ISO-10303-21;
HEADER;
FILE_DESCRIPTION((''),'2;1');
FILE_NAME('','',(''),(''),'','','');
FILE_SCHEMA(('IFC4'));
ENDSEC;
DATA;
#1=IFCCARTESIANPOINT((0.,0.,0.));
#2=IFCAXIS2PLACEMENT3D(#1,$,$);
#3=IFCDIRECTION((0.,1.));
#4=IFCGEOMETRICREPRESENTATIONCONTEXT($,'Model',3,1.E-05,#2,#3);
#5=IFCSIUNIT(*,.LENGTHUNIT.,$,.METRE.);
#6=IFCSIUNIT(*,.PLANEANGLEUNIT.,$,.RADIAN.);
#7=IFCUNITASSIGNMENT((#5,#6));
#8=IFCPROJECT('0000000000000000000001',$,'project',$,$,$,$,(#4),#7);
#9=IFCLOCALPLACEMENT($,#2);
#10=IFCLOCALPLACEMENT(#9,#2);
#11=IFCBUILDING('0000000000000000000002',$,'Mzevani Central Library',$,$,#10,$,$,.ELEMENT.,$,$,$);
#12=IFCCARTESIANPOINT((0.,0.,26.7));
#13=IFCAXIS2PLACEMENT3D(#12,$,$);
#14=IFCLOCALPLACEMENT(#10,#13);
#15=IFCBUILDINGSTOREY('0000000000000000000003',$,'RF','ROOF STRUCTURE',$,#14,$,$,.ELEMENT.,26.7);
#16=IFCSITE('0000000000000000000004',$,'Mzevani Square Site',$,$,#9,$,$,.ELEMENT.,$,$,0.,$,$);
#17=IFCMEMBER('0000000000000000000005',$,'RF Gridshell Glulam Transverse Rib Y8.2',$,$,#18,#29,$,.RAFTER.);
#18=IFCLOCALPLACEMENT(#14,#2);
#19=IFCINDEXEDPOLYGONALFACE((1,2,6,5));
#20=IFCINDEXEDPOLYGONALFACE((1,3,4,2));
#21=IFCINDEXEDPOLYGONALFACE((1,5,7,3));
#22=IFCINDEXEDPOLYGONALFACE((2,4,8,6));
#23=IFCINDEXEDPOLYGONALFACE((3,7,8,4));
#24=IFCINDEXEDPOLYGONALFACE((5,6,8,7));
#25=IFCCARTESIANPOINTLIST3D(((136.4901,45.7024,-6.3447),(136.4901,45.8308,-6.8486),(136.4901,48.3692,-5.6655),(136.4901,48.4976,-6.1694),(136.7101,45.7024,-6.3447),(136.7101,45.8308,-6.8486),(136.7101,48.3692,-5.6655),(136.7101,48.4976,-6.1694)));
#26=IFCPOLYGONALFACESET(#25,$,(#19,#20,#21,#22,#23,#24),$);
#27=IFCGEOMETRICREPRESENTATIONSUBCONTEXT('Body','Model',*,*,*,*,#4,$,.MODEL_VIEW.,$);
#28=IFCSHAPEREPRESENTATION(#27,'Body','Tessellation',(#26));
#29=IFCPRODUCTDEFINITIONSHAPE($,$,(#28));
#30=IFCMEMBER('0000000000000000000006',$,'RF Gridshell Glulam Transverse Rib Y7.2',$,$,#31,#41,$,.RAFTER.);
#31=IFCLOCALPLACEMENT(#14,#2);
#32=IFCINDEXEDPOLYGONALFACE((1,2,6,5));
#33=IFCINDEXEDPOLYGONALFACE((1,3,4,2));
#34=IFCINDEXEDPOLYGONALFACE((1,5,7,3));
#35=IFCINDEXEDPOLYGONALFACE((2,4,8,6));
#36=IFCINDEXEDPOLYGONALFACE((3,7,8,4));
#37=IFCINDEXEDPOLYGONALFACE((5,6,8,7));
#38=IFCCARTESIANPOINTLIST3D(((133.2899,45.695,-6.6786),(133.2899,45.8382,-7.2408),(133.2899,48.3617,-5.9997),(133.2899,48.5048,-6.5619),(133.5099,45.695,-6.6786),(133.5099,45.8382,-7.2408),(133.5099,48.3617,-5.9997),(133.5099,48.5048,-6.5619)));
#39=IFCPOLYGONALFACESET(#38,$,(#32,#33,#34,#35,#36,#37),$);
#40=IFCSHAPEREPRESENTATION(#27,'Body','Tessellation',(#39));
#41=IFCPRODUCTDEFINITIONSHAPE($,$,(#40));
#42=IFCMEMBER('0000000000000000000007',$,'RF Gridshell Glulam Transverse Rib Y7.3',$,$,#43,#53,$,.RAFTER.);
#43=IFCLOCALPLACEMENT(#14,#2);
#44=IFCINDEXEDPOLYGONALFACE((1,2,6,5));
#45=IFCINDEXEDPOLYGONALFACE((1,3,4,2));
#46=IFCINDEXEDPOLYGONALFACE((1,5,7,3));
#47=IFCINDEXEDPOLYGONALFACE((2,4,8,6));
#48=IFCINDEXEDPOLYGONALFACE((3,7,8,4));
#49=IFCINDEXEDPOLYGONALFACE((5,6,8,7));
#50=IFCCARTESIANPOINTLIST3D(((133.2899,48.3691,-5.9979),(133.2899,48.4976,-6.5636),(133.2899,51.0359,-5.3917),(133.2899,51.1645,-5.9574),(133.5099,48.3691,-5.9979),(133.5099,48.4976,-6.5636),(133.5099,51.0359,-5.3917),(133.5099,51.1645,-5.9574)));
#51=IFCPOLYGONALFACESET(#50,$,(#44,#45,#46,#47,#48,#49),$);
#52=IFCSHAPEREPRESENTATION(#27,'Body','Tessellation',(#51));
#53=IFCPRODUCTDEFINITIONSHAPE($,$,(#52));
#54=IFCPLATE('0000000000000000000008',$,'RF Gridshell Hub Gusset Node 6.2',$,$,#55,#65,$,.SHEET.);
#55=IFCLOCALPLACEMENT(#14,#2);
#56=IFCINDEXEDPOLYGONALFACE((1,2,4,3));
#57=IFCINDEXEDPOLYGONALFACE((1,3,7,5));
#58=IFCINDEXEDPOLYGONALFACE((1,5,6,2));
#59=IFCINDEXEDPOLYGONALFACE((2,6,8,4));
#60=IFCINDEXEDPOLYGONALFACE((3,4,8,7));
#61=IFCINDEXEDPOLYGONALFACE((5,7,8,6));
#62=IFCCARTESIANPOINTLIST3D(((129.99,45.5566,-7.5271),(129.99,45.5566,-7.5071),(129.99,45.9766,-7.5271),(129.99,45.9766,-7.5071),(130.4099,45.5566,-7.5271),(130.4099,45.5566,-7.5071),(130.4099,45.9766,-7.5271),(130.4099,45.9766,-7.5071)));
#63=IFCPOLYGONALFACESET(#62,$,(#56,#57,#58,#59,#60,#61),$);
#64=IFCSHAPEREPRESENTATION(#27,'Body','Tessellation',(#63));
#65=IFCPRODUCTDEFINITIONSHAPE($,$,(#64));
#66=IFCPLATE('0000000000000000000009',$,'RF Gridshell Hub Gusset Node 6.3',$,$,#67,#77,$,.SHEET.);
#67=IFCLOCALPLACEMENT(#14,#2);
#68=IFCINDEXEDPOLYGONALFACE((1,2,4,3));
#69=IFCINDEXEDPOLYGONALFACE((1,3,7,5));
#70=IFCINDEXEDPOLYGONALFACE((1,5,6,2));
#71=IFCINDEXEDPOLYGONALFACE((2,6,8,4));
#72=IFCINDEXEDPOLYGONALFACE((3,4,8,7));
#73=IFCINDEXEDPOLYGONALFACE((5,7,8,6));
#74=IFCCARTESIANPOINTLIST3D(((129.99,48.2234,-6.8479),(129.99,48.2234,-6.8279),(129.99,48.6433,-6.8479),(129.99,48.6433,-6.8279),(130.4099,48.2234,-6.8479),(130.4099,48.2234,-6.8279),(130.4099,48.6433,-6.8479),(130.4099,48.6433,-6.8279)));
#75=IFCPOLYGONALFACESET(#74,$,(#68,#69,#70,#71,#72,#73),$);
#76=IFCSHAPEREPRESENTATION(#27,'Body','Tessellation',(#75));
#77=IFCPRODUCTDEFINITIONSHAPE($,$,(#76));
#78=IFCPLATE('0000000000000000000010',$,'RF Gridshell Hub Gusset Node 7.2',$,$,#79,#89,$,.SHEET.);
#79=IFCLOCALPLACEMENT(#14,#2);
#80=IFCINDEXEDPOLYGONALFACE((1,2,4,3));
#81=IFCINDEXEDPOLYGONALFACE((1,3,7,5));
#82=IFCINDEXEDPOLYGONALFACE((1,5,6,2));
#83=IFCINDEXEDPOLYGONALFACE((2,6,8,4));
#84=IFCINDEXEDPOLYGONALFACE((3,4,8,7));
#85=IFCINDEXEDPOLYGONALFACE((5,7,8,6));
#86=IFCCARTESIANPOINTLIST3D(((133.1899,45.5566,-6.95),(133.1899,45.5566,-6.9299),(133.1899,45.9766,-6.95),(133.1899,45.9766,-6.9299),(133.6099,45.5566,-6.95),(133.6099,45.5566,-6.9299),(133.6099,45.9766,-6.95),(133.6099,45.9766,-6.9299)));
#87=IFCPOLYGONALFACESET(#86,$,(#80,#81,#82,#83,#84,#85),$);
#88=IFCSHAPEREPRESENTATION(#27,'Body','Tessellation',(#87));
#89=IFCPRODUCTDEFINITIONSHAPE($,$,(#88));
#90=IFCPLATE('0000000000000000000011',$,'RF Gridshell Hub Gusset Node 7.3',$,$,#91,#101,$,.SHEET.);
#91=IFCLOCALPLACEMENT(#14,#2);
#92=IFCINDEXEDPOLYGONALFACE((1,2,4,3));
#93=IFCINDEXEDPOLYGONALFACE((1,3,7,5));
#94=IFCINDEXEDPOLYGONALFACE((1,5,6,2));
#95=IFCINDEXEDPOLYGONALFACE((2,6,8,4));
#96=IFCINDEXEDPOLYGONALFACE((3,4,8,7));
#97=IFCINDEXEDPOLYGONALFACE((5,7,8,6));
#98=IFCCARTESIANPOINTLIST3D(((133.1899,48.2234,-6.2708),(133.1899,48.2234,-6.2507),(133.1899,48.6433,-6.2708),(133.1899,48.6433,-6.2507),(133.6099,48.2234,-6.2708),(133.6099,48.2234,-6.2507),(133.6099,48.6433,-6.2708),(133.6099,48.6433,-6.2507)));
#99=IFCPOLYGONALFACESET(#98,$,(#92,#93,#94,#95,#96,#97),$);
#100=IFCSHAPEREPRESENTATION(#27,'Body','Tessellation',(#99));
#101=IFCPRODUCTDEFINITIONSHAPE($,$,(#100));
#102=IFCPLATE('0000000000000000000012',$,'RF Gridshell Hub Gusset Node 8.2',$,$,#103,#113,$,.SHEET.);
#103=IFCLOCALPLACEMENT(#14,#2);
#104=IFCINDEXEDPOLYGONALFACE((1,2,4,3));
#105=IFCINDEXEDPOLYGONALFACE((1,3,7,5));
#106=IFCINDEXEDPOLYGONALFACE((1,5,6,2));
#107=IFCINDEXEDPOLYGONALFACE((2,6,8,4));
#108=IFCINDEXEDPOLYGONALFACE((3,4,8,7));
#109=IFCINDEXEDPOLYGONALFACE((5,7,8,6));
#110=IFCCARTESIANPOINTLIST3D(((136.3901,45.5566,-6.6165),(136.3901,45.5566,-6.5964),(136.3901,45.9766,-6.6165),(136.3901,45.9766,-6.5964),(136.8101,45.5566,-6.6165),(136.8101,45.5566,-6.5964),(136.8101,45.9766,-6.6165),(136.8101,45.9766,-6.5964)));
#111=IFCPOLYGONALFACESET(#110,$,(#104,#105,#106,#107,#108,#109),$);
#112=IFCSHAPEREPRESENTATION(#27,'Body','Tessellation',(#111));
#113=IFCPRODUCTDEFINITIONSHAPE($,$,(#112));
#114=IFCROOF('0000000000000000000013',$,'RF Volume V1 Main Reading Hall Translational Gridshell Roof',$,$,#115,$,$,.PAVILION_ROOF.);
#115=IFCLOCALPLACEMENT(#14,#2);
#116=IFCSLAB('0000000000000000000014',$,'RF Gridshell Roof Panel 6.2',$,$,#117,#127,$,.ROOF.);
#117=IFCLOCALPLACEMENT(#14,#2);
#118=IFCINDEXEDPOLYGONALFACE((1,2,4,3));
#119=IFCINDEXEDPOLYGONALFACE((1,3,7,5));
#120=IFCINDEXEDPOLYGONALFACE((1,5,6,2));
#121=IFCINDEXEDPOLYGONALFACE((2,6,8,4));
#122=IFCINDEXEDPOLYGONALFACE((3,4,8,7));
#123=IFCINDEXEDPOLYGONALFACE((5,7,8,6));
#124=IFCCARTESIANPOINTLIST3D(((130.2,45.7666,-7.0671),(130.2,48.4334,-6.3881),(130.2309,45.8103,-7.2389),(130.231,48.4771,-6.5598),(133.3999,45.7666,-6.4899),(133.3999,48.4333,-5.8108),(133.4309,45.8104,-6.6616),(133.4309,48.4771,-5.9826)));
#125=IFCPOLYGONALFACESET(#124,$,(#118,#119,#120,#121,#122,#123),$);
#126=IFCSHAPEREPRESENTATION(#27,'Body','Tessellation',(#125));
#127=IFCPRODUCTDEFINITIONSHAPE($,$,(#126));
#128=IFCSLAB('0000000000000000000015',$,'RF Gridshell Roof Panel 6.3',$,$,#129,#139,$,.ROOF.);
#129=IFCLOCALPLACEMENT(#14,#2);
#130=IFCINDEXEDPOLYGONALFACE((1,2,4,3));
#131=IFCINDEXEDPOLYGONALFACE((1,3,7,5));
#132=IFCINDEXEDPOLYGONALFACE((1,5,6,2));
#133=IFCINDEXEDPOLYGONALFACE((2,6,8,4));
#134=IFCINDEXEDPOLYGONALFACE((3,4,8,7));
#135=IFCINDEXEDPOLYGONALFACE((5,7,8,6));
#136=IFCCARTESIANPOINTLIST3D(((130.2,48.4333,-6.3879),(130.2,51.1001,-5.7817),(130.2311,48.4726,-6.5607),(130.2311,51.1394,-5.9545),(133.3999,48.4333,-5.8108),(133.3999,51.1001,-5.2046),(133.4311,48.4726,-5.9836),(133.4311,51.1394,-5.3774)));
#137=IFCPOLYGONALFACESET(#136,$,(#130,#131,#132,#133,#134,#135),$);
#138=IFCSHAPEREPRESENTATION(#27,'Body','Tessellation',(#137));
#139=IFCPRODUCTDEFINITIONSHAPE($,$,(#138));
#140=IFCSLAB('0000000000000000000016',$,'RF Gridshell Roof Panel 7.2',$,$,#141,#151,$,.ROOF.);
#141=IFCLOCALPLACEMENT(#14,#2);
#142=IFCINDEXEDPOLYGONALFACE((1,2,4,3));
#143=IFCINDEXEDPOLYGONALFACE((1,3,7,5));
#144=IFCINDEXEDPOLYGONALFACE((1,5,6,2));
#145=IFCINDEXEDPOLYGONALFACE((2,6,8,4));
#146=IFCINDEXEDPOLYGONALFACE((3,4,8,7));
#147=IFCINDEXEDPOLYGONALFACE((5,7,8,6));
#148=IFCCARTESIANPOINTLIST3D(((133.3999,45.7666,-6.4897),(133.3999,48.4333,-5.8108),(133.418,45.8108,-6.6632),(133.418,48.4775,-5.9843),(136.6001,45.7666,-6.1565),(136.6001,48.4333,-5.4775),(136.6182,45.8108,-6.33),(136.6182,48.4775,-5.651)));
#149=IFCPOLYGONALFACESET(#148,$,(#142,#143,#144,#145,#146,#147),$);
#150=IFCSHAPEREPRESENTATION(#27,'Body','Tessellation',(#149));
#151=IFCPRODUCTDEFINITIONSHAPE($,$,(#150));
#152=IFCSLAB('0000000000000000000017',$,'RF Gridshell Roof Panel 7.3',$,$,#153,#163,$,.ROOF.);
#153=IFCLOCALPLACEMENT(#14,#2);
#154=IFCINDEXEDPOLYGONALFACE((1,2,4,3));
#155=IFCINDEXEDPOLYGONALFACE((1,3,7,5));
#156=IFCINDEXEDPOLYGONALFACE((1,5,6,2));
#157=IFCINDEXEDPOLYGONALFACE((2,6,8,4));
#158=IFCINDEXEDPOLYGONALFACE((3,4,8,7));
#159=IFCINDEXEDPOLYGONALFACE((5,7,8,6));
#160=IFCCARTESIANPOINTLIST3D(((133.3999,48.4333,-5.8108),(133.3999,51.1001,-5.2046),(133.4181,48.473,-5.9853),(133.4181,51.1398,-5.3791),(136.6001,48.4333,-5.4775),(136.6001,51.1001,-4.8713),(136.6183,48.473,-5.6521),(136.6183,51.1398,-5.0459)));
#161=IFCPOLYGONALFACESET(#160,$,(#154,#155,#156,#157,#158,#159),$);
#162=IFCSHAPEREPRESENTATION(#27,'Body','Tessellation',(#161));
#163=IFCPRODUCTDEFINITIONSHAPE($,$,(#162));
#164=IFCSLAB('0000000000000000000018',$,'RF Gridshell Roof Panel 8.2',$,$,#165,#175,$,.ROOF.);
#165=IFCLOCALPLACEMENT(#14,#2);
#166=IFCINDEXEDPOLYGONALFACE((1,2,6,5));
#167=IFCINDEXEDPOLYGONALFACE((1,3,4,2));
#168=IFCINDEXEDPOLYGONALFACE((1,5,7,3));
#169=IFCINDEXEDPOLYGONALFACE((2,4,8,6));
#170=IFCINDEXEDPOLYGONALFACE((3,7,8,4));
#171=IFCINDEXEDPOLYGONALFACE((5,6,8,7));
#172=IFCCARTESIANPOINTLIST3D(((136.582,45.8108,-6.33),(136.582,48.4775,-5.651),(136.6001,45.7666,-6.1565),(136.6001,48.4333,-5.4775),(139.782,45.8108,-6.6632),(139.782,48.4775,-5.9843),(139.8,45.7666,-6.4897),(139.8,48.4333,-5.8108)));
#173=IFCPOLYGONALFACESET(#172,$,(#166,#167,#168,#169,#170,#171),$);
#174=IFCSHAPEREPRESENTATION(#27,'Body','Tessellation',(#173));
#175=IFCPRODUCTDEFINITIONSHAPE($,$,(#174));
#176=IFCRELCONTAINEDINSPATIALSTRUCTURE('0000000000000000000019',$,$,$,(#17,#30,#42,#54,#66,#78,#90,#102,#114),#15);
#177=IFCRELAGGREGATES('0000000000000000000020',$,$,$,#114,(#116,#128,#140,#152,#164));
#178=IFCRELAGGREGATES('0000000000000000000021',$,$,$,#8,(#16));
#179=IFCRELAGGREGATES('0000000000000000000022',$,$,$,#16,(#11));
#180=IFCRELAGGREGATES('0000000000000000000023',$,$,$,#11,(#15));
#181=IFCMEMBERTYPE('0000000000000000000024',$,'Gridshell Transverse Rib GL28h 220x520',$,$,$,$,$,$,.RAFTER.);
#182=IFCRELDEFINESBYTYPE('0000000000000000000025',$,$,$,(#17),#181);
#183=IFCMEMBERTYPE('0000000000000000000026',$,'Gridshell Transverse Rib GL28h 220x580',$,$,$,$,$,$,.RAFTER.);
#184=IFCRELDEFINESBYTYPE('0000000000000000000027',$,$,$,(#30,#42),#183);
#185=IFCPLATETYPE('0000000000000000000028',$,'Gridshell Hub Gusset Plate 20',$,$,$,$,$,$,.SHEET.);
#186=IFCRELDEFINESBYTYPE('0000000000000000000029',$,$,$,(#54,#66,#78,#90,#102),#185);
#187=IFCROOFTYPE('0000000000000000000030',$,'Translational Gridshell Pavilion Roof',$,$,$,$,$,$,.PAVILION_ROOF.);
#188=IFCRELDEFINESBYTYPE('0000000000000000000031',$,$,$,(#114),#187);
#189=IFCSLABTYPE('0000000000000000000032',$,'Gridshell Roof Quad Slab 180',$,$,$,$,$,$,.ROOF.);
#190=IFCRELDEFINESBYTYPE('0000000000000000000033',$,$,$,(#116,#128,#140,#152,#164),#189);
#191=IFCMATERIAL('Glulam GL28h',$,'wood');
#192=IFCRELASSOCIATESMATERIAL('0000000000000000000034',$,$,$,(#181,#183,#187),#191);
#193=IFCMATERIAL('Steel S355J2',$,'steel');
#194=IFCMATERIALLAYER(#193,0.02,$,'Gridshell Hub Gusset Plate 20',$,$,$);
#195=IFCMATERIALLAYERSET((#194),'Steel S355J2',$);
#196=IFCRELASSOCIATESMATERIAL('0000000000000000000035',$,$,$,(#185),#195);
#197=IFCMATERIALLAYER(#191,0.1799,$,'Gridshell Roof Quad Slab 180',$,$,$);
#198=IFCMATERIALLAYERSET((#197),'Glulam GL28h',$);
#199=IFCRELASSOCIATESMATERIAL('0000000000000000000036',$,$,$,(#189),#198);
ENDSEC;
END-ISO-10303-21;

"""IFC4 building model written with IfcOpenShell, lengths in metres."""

from ifc_helpers import new_model, si_unit, direction, frame, origin, origin_2d, place, context, subcontext, project, spatial, polyline, rectangle, outline, extrude, material, layer, layer_set, material_profile, profile_set, type_object, element, aggregate, save


model = new_model("IFC4")

# Units and contexts
model_context = context("Model", 3, precision=1e-05, world=origin(), true_north=direction((0.0, 1.0)))
body_context = subcontext(model_context, "Body", "Model", "MODEL_VIEW")
ifc_project = project(units=[si_unit("LENGTHUNIT", "METRE"), si_unit("PLANEANGLEUNIT", "RADIAN")], contexts=[model_context])

# Site, building, storey
site_placement = place(None, origin())
site = spatial("IfcSite", under=ifc_project, at=site_placement, Name="Mzevani Square Site", CompositionType="ELEMENT", RefElevation=0.0)
building_placement = place(site_placement, origin())
building = spatial("IfcBuilding", under=site, at=building_placement, Name="Mzevani Central Library", CompositionType="ELEMENT")
storey_placement = place(building_placement, frame((0.0, 0.0, 26.7)))
storey = spatial("IfcBuildingStorey", under=building, at=storey_placement, Name="RF", Description="ROOF STRUCTURE", CompositionType="ELEMENT", Elevation=26.7)

# Members
ifc_material_1 = material(Name="Glulam GL28h", Category="wood")
ifc_material_2 = material(Name="Steel S355J2", Category="steel")
ifc_material_profile_1 = material_profile(ifc_material_1, rectangle(XDim=0.22, YDim=0.52, at=origin_2d()), Name="GL28h 220x520")
ifc_profile_set_1 = profile_set([ifc_material_profile_1], Name="Glulam GL28h")
member_type_1 = type_object("IfcMemberType", Name="Gridshell Transverse Rib GL28h 220x520", PredefinedType="RAFTER", material=ifc_profile_set_1)
member_1_placement = place(storey_placement, frame((136.6001, 45.7666, -6.5967), z_axis=(0.0, 0.969063, 0.246813), x_axis=(-1.0, 0.0, 0.0)))
element("IfcMember", 1, at=member_1_placement, inside=storey, type_object=member_type_1, Name="RF Gridshell Glulam Transverse Rib Y8.2", PredefinedType="RAFTER", context=body_context, shape_type="SweptSolid", body=[
    extrude(rectangle(XDim=0.22, YDim=0.52, at=origin_2d()), origin(), (0.0, 0.0, 1.0), 2.752),
])
ifc_material_profile_2 = material_profile(ifc_material_1, rectangle(XDim=0.22, YDim=0.5801, at=origin_2d()), Name="GL28h 220x580")
ifc_profile_set_2 = profile_set([ifc_material_profile_2], Name="Glulam GL28h")
member_type_2 = type_object("IfcMemberType", Name="Gridshell Transverse Rib GL28h 220x580", PredefinedType="RAFTER", material=ifc_profile_set_2)
member_2_placement = place(storey_placement, frame((133.3999, 45.7666, -6.9597), z_axis=(0.0, 0.969084, 0.246729), x_axis=(-1.0, 0.0, 0.0)))
element("IfcMember", 2, at=member_2_placement, inside=storey, type_object=member_type_2, Name="RF Gridshell Glulam Transverse Rib Y7.2", PredefinedType="RAFTER", context=body_context, shape_type="SweptSolid", body=[
    extrude(rectangle(XDim=0.22, YDim=0.5801, at=origin_2d()), origin(), (0.0, 0.0, 1.0), 2.7517),
])
member_3_placement = place(storey_placement, frame((133.3999, 48.4333, -6.2808), z_axis=(0.0, 0.975123, 0.221664), x_axis=(-1.0, 0.0, 0.0)))
element("IfcMember", 3, at=member_3_placement, inside=storey, type_object=member_type_2, Name="RF Gridshell Glulam Transverse Rib Y7.3", PredefinedType="RAFTER", context=body_context, shape_type="SweptSolid", body=[
    extrude(rectangle(XDim=0.22, YDim=0.5801, at=origin_2d()), origin(), (0.0, 0.0, 1.0), 2.7349),
])

# Plates
ifc_layer_1 = layer(ifc_material_2, 0.02, Name="Gridshell Hub Gusset Plate 20")
ifc_layer_set_1 = layer_set([ifc_layer_1], Name="Steel S355J2")
plate_type = type_object("IfcPlateType", Name="Gridshell Hub Gusset Plate 20", PredefinedType="SHEET", material=ifc_layer_set_1)
for number, where, z_axis, x_axis, name in (
    (4, (130.2, 45.7666, -7.5271), (0.0, 0.0, 1.0), (1.0, 0.0, 0.0), "RF Gridshell Hub Gusset Node 6.2"),
    (5, (130.2, 48.4333, -6.8479), (0.0, 0.0, 1.0), (1.0, 0.0, 0.0), "RF Gridshell Hub Gusset Node 6.3"),
    (6, (133.3999, 45.7666, -6.95), (0.0, 0.0, 1.0), (1.0, 0.0, 0.0), "RF Gridshell Hub Gusset Node 7.2"),
    (7, (133.3999, 48.4333, -6.2708), (0.0, 0.0, 1.0), (1.0, 0.0, 0.0), "RF Gridshell Hub Gusset Node 7.3"),
    (8, (136.6001, 45.7666, -6.6165), (0.0, 0.0, 1.0), (1.0, 0.0, 0.0), "RF Gridshell Hub Gusset Node 8.2"),
):
    element("IfcPlate", number, at=place(storey_placement, frame(where, z_axis=z_axis, x_axis=x_axis)), inside=storey, type_object=plate_type, Name=name, PredefinedType="SHEET", context=body_context, shape_type="SweptSolid", body=[
        extrude(rectangle(XDim=0.4199, YDim=0.4199, at=origin_2d()), origin(), (0.0, 0.0, 1.0), 0.02),
    ])

# Roof, slabs
roof_type = type_object("IfcRoofType", Name="Translational Gridshell Pavilion Roof", PredefinedType="PAVILION_ROOF", material=ifc_material_1)
roof_placement = place(storey_placement, origin())
roof = element("IfcRoof", 9, at=roof_placement, inside=storey, type_object=roof_type, Name="RF Volume V1 Main Reading Hall Translational Gridshell Roof", PredefinedType="PAVILION_ROOF")
ifc_layer_2 = layer(ifc_material_1, 0.1799, Name="Gridshell Roof Quad Slab 180")
ifc_layer_set_2 = layer_set([ifc_layer_2], Name="Glulam GL28h")
slab_type = type_object("IfcSlabType", Name="Gridshell Roof Quad Slab 180", PredefinedType="ROOF", material=ifc_layer_set_2)
slab_1_placement = place(storey_placement, frame((130.2, 45.7666, -7.0671), z_axis=(-0.172209, -0.243084, 0.954596), x_axis=(0.984114, 0.000009, 0.177536)))
slab_1 = element("IfcSlab", 10, at=slab_1_placement, type_object=slab_type, Name="RF Gridshell Roof Panel 6.2", PredefinedType="ROOF", context=body_context, shape_type="SweptSolid", body=[
    extrude(outline(polyline([(0.0, 0.0), (3.2516, 0.0), (3.3722, 2.7492), (0.1206, 2.7492), (0.0, 0.0)])), origin(), (0.0, 0.0, -1.0), 0.1799),
])
slab_2_placement = place(storey_placement, frame((130.2, 48.4333, -6.3879), z_axis=(-0.173216, -0.218313, 0.960383), x_axis=(0.984121, 0.0, 0.177498)))
slab_2 = element("IfcSlab", 11, at=slab_2_placement, type_object=slab_type, Name="RF Gridshell Roof Panel 6.3", PredefinedType="ROOF", context=body_context, shape_type="SweptSolid", body=[
    extrude(outline(polyline([(0.0, 0.0), (3.2516, 0.0), (3.3592, 2.7327), (0.1076, 2.7327), (0.0, 0.0)])), origin(), (0.0, 0.0, -1.0), 0.1799),
])
slab_3_placement = place(storey_placement, frame((133.3999, 45.7666, -6.4897), z_axis=(-0.100406, -0.245482, 0.964187), x_axis=(0.994622, 0.0, 0.103575)))
slab_3 = element("IfcSlab", 12, at=slab_3_placement, type_object=slab_type, Name="RF Gridshell Roof Panel 7.2", PredefinedType="ROOF", context=body_context, shape_type="SweptSolid", body=[
    extrude(outline(polyline([(0.0, 0.0), (3.2175, 0.0), (3.2878, 2.7509), (0.0703, 2.7509), (0.0, 0.0)])), origin(), (0.0, 0.0, -1.0), 0.1799),
])
slab_4_placement = place(storey_placement, frame((133.3999, 48.4333, -5.8108), z_axis=(-0.101025, -0.220529, 0.970134), x_axis=(0.994622, 0.0, 0.103575)))
slab_4 = element("IfcSlab", 13, at=slab_4_placement, type_object=slab_type, Name="RF Gridshell Roof Panel 7.3", PredefinedType="ROOF", context=body_context, shape_type="SweptSolid", body=[
    extrude(outline(polyline([(0.0, 0.0), (3.2175, 0.0), (3.2803, 2.7341), (0.0628, 2.7341), (0.0, 0.0)])), origin(), (0.0, 0.0, -1.0), 0.1799),
])
slab_5_placement = place(storey_placement, frame((136.6001, 45.7666, -6.1565), z_axis=(0.100413, -0.245482, 0.964187), x_axis=(0.994621, 0.0, -0.103583)))
slab_5 = element("IfcSlab", 14, at=slab_5_placement, type_object=slab_type, Name="RF Gridshell Roof Panel 8.2", PredefinedType="ROOF", context=body_context, shape_type="SweptSolid", body=[
    extrude(outline(polyline([(0.0, 0.0), (3.2173, 0.0), (3.1469, 2.7509), (-0.0703, 2.7509), (0.0, 0.0)])), origin(), (0.0, 0.0, -1.0), 0.1799),
])
aggregate(roof, [slab_1, slab_2, slab_3, slab_4, slab_5])

save(model, "model.ifc")
